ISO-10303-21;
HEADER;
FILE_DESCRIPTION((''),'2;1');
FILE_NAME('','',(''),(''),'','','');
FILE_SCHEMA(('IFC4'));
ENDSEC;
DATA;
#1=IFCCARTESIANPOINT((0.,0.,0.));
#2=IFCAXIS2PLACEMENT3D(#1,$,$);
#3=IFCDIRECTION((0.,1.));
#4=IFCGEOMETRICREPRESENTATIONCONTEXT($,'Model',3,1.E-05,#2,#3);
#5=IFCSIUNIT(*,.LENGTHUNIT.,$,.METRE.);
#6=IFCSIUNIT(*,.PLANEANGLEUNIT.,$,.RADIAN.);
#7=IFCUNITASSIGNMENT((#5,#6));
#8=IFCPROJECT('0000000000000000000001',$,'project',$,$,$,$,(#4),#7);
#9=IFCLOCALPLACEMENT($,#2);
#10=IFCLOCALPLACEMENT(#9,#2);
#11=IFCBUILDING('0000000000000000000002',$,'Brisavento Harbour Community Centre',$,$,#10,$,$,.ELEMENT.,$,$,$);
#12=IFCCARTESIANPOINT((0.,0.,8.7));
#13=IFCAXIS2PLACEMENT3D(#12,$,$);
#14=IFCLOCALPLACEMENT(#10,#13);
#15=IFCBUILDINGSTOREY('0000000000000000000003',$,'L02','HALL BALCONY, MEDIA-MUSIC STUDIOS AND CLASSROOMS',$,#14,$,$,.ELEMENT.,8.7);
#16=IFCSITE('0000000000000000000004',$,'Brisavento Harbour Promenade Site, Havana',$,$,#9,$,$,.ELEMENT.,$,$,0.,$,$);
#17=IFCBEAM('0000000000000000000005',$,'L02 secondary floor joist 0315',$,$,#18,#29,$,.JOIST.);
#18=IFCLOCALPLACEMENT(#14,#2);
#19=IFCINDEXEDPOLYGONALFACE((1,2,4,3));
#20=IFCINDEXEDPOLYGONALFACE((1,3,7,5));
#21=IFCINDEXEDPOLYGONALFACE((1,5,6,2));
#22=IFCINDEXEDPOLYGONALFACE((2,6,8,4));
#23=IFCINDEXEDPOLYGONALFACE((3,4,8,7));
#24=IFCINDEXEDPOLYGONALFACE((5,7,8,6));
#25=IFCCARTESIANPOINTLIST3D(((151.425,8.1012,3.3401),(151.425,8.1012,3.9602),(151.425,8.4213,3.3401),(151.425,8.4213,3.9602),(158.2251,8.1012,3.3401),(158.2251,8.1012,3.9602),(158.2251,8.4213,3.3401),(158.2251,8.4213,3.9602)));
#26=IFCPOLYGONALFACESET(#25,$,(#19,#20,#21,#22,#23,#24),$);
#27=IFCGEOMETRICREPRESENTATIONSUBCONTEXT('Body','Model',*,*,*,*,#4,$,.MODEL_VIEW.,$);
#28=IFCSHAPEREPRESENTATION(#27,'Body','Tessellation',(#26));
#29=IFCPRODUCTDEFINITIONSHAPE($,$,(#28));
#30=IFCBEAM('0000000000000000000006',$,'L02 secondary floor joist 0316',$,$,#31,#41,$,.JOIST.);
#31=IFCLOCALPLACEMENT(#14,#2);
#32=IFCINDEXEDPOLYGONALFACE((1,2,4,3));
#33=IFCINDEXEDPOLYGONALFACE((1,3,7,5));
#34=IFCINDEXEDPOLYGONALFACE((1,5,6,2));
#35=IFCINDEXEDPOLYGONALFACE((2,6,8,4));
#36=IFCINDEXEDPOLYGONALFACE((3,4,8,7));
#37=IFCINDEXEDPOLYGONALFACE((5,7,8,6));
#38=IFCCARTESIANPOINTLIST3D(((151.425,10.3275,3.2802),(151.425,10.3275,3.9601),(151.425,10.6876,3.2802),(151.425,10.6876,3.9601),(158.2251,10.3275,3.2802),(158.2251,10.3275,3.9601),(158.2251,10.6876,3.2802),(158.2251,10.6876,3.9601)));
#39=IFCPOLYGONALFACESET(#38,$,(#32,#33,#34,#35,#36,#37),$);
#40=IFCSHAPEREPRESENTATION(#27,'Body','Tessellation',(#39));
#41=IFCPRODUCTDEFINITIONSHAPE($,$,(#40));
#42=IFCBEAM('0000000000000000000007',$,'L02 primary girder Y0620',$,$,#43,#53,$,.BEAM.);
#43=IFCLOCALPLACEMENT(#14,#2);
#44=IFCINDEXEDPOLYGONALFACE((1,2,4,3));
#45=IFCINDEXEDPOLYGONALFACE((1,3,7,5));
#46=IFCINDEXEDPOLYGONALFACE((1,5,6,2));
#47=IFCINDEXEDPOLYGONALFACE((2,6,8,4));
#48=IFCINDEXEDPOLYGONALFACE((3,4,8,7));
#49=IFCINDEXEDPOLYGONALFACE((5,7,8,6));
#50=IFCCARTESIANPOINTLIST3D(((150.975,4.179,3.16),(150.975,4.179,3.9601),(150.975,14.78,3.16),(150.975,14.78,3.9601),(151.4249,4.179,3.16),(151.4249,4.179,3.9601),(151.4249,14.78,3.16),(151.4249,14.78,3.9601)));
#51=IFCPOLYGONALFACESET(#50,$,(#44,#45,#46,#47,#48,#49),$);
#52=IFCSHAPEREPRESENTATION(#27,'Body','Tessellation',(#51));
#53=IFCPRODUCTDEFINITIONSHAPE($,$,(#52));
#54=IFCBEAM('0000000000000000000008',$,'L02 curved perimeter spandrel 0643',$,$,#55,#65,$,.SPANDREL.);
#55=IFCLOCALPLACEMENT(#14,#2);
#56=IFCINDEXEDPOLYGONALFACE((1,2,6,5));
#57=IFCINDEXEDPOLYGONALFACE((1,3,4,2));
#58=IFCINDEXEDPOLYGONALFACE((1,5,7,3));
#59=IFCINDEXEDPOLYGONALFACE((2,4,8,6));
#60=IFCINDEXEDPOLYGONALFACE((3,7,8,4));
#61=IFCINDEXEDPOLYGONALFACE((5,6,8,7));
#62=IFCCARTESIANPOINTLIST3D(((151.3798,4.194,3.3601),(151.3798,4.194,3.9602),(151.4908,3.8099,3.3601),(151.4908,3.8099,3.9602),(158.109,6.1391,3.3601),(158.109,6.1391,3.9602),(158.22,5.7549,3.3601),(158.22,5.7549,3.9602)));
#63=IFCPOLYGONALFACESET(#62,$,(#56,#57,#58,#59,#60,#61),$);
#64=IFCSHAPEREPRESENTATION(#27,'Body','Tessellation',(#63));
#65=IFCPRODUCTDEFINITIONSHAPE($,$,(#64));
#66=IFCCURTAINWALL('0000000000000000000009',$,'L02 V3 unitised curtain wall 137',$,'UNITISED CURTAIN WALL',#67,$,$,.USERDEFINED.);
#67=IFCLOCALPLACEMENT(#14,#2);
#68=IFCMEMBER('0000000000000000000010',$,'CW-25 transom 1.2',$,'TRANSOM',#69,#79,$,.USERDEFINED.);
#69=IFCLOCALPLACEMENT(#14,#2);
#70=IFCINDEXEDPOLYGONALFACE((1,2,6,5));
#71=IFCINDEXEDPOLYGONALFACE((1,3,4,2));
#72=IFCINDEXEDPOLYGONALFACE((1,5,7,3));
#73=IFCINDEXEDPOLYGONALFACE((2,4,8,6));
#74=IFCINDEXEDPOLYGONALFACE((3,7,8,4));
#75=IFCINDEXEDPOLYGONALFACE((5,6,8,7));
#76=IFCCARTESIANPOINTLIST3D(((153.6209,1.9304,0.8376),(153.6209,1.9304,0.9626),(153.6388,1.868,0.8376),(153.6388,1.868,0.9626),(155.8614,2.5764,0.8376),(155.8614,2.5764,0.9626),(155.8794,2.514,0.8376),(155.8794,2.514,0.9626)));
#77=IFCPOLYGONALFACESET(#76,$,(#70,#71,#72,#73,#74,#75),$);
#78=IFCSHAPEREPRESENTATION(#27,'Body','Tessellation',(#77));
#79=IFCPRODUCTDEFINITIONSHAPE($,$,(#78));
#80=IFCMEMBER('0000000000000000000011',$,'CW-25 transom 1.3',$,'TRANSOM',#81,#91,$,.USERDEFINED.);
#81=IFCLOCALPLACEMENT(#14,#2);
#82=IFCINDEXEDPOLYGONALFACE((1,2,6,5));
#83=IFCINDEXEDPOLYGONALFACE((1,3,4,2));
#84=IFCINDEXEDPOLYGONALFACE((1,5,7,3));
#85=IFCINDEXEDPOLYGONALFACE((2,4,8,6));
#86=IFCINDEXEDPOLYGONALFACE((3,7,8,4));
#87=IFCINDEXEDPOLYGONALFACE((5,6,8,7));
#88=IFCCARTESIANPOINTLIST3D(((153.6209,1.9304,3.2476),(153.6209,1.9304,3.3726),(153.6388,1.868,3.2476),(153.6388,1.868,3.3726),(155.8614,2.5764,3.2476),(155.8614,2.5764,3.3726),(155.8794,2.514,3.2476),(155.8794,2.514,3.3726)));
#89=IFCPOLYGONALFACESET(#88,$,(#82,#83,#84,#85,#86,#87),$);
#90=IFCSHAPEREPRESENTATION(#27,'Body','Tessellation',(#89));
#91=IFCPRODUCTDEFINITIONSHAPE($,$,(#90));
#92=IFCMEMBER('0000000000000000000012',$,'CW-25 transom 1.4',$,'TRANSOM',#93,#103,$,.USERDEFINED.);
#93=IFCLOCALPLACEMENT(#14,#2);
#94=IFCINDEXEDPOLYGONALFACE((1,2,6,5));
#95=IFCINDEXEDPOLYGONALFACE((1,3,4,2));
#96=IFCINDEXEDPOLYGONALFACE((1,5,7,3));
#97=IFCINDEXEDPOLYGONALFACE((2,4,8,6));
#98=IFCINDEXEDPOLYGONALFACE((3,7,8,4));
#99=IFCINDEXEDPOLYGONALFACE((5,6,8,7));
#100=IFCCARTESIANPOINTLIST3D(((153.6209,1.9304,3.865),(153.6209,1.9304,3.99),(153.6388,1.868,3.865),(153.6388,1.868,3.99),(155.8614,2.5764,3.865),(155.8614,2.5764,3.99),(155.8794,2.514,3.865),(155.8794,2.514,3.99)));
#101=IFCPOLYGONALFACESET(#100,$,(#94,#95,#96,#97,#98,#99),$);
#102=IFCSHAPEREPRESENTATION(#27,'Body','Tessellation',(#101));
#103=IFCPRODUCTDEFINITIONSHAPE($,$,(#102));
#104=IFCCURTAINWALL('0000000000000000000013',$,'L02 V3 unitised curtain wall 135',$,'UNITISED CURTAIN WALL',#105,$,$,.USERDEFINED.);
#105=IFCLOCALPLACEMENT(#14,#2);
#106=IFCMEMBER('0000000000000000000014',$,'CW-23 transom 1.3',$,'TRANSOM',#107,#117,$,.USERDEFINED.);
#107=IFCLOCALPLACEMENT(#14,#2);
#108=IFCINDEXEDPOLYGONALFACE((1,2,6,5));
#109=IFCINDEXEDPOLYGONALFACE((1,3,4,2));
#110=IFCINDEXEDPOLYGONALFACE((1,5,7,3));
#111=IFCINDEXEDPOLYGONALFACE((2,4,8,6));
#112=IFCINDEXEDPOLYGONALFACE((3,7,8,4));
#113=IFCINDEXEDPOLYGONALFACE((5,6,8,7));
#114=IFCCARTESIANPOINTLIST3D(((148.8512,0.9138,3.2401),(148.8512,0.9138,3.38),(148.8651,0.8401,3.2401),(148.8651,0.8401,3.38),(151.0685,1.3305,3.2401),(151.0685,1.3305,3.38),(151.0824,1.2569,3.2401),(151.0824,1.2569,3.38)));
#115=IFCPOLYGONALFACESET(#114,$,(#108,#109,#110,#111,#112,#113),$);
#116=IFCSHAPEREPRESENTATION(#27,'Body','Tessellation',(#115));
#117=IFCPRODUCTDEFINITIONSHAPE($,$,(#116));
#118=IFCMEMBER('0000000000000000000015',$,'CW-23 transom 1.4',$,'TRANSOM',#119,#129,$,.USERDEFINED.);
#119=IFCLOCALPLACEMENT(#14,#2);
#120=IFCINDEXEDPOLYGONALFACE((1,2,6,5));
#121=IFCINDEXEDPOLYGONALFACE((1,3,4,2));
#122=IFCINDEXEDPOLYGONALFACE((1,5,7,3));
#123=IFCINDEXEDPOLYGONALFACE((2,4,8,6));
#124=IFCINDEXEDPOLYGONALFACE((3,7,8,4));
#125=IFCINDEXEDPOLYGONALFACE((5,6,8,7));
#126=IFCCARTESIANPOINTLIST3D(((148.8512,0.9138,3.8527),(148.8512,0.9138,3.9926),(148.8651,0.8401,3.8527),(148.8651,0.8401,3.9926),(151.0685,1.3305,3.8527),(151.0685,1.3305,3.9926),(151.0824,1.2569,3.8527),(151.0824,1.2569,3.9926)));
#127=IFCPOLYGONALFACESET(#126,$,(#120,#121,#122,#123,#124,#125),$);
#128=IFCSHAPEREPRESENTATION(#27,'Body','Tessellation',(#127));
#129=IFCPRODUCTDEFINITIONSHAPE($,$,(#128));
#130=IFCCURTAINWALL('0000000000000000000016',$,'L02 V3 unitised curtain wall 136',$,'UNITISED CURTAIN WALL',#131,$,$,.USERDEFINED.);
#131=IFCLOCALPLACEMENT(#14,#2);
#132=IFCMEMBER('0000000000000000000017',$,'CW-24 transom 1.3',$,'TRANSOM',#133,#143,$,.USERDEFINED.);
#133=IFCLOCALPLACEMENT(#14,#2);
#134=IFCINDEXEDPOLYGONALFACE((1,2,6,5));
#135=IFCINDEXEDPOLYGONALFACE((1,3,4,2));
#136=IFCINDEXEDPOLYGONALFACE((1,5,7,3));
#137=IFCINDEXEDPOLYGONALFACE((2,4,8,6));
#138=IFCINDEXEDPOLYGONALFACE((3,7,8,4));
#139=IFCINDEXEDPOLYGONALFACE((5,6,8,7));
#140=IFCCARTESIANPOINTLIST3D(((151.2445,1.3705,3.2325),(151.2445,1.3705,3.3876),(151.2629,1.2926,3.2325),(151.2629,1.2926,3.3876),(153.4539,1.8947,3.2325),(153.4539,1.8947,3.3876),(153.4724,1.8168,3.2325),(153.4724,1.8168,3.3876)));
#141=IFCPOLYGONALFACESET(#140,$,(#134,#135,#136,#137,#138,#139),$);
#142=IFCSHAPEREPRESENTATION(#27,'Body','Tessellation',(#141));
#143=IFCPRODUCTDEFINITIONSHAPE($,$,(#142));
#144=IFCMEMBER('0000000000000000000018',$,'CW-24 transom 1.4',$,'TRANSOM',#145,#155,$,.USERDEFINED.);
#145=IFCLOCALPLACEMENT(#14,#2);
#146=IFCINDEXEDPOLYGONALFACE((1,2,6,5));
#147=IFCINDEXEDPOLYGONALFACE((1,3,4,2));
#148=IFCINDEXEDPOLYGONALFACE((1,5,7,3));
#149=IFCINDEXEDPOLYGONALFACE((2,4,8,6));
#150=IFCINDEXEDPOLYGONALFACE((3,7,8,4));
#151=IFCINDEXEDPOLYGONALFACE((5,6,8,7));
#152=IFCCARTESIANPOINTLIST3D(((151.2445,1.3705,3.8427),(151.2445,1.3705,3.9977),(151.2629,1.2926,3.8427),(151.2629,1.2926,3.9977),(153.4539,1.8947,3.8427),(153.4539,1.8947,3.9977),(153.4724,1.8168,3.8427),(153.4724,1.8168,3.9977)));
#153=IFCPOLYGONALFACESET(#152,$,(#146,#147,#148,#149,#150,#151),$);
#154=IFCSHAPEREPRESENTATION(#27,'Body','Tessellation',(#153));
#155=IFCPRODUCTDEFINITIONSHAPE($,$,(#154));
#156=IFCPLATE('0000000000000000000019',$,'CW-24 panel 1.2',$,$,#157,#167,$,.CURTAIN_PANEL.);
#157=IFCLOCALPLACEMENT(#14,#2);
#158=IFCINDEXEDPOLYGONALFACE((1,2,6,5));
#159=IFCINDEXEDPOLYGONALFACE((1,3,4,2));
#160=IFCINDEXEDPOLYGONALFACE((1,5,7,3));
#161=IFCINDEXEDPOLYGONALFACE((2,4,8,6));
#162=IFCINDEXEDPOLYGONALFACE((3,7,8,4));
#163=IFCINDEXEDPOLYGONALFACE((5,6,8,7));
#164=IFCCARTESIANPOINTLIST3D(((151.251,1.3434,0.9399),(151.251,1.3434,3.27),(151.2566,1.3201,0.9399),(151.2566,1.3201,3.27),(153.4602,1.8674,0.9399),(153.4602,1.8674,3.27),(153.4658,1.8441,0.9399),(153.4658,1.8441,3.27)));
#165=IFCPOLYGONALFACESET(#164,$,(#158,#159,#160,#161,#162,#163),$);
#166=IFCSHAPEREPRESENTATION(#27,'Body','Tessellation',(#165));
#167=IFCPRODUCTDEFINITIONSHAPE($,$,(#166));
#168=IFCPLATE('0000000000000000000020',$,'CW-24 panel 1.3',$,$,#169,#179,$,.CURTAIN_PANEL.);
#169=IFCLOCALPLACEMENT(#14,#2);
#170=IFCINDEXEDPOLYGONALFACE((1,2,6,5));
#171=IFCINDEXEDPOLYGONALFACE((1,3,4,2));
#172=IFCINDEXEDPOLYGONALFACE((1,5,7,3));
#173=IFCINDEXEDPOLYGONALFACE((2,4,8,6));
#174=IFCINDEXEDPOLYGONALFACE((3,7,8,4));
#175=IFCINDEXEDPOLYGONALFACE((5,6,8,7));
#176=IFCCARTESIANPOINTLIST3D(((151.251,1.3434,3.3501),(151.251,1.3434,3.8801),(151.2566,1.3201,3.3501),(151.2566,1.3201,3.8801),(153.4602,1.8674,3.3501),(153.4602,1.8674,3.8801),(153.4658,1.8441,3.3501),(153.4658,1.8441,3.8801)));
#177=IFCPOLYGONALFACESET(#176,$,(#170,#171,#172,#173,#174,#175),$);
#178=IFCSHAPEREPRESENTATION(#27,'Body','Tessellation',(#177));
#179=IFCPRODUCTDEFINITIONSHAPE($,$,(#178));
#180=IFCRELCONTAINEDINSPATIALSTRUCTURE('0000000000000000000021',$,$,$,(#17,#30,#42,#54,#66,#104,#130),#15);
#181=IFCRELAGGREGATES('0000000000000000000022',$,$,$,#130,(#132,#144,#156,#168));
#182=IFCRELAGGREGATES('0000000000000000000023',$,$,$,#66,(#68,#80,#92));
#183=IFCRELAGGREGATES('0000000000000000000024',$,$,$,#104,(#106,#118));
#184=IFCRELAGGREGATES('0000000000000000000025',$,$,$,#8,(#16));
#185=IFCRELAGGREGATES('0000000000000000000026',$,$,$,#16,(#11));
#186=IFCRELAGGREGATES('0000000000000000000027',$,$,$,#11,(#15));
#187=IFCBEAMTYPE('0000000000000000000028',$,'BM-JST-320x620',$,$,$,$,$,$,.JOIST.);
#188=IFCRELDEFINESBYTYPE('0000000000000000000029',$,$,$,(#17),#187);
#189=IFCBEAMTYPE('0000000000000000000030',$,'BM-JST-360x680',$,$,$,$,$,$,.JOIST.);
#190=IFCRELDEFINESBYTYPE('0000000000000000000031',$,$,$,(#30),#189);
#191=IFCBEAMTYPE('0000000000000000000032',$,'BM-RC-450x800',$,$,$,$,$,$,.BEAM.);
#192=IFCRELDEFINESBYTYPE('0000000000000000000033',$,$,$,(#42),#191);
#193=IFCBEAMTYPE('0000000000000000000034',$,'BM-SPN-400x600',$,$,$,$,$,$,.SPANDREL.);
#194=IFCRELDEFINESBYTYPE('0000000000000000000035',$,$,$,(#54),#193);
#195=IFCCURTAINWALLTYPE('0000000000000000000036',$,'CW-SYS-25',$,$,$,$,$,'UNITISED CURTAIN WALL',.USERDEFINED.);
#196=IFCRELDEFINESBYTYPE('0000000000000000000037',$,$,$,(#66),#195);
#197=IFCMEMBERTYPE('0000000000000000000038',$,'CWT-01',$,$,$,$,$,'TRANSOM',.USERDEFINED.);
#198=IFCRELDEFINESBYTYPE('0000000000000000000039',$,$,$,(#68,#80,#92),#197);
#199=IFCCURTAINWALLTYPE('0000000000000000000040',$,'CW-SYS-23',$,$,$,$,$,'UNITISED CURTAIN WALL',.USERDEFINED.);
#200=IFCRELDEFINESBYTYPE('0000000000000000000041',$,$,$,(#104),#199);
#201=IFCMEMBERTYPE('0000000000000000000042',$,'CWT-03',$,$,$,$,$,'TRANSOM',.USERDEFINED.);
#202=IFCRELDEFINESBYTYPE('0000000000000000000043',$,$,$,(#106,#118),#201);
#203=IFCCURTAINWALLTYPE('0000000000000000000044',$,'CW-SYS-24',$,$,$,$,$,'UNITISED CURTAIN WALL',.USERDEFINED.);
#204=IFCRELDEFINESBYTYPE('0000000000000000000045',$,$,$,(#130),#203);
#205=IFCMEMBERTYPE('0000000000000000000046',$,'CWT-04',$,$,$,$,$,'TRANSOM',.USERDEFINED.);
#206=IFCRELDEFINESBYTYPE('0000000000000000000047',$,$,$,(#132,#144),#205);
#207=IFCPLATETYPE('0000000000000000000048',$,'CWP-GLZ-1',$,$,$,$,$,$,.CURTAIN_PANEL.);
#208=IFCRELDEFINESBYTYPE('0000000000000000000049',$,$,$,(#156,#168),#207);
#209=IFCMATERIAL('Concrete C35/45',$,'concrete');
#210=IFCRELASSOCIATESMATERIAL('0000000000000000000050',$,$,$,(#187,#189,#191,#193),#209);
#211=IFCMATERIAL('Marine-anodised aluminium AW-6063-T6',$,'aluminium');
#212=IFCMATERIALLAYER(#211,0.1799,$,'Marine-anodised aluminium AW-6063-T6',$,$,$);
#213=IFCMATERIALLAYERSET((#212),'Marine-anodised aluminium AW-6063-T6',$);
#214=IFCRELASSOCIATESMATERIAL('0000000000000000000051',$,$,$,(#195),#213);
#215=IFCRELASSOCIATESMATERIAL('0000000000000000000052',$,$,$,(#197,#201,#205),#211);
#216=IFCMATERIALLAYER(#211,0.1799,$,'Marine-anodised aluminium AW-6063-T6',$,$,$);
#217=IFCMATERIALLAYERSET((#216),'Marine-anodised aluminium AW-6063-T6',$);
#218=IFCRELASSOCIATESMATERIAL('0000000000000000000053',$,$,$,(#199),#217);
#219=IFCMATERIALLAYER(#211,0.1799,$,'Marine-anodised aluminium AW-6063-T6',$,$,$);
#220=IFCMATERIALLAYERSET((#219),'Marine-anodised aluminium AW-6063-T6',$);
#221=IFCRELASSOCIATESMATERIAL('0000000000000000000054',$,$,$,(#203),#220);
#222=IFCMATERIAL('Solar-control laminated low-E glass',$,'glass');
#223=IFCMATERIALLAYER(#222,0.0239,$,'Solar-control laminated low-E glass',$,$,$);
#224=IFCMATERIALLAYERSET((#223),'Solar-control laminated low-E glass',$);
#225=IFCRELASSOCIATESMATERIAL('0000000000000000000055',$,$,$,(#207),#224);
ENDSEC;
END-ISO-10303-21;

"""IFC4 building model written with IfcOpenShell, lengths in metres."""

from ifc_helpers import new_model, si_unit, direction, frame, origin, origin_2d, place, context, subcontext, project, spatial, rectangle, extrude, material, layer, layer_set, material_profile, profile_set, type_object, element, aggregate, save


model = new_model("IFC4")

# Units and contexts
model_context = context("Model", 3, precision=1e-05, world=origin(), true_north=direction((0.0, 1.0)))
body_context = subcontext(model_context, "Body", "Model", "MODEL_VIEW")
ifc_project = project(units=[si_unit("LENGTHUNIT", "METRE"), si_unit("PLANEANGLEUNIT", "RADIAN")], contexts=[model_context])

# Site, building, storey
site_placement = place(None, origin())
site = spatial("IfcSite", under=ifc_project, at=site_placement, Name="Brisavento Harbour Promenade Site, Havana", CompositionType="ELEMENT", RefElevation=0.0)
building_placement = place(site_placement, origin())
building = spatial("IfcBuilding", under=site, at=building_placement, Name="Brisavento Harbour Community Centre", CompositionType="ELEMENT")
storey_placement = place(building_placement, frame((0.0, 0.0, 8.7)))
storey = spatial("IfcBuildingStorey", under=building, at=storey_placement, Name="L02", Description="HALL BALCONY, MEDIA-MUSIC STUDIOS AND CLASSROOMS", CompositionType="ELEMENT", Elevation=8.7)

# Beams
ifc_material_1 = material(Name="Concrete C35/45", Category="concrete")
ifc_material_profile_1 = material_profile(ifc_material_1, rectangle(XDim=0.3201, YDim=0.6201, at=origin_2d()), Name="Concrete C35/45")
ifc_profile_set_1 = profile_set([ifc_material_profile_1], Name="Concrete C35/45")
beam_type_1 = type_object("IfcBeamType", Name="BM-JST-320x620", PredefinedType="JOIST", material=ifc_profile_set_1)
beam_1_placement = place(storey_placement, frame((151.425, 8.2612, 3.6501), z_axis=(1.0, 0.0, 0.0), x_axis=(0.0, 1.0, 0.0)))
element("IfcBeam", 1, at=beam_1_placement, inside=storey, type_object=beam_type_1, Name="L02 secondary floor joist 0315", PredefinedType="JOIST", context=body_context, shape_type="SweptSolid", body=[
    extrude(rectangle(XDim=0.3201, YDim=0.6201, at=origin_2d()), origin(), (0.0, 0.0, 1.0), 6.8),
])
ifc_material_profile_2 = material_profile(ifc_material_1, rectangle(XDim=0.3601, YDim=0.6799, at=origin_2d()), Name="Concrete C35/45")
ifc_profile_set_2 = profile_set([ifc_material_profile_2], Name="Concrete C35/45")
beam_type_2 = type_object("IfcBeamType", Name="BM-JST-360x680", PredefinedType="JOIST", material=ifc_profile_set_2)
beam_2_placement = place(storey_placement, frame((151.425, 10.5076, 3.6201), z_axis=(1.0, 0.0, 0.0), x_axis=(0.0, 1.0, 0.0)))
element("IfcBeam", 2, at=beam_2_placement, inside=storey, type_object=beam_type_2, Name="L02 secondary floor joist 0316", PredefinedType="JOIST", context=body_context, shape_type="SweptSolid", body=[
    extrude(rectangle(XDim=0.3601, YDim=0.6799, at=origin_2d()), origin(), (0.0, 0.0, 1.0), 6.8),
])
ifc_material_profile_3 = material_profile(ifc_material_1, rectangle(XDim=0.45, YDim=0.8, at=origin_2d()), Name="Concrete C35/45")
ifc_profile_set_3 = profile_set([ifc_material_profile_3], Name="Concrete C35/45")
beam_type_3 = type_object("IfcBeamType", Name="BM-RC-450x800", PredefinedType="BEAM", material=ifc_profile_set_3)
beam_3_placement = place(storey_placement, frame((151.2, 4.179, 3.5601), z_axis=(0.0, 1.0, 0.0), x_axis=(-1.0, 0.0, 0.0)))
element("IfcBeam", 3, at=beam_3_placement, inside=storey, type_object=beam_type_3, Name="L02 primary girder Y0620", PredefinedType="BEAM", context=body_context, shape_type="SweptSolid", body=[
    extrude(rectangle(XDim=0.45, YDim=0.8, at=origin_2d()), origin(), (0.0, 0.0, 1.0), 10.6011),
])
ifc_material_profile_4 = material_profile(ifc_material_1, rectangle(XDim=0.3999, YDim=0.6001, at=origin_2d()), Name="Concrete C35/45")
ifc_profile_set_4 = profile_set([ifc_material_profile_4], Name="Concrete C35/45")
beam_type_4 = type_object("IfcBeamType", Name="BM-SPN-400x600", PredefinedType="SPANDREL", material=ifc_profile_set_4)
beam_4_placement = place(storey_placement, frame((151.4353, 4.002, 3.6602), z_axis=(0.960674, 0.27768, 0.0), x_axis=(-0.27768, 0.960674, 0.0)))
element("IfcBeam", 4, at=beam_4_placement, inside=storey, type_object=beam_type_4, Name="L02 curved perimeter spandrel 0643", PredefinedType="SPANDREL", context=body_context, shape_type="SweptSolid", body=[
    extrude(rectangle(XDim=0.3999, YDim=0.6001, at=origin_2d()), origin(), (0.0, 0.0, 1.0), 7.0046),
])

# Curtain walls, members
ifc_material_2 = material(Name="Marine-anodised aluminium AW-6063-T6", Category="aluminium")
ifc_layer_1 = layer(ifc_material_2, 0.1799, Name="Marine-anodised aluminium AW-6063-T6")
ifc_layer_set_1 = layer_set([ifc_layer_1], Name="Marine-anodised aluminium AW-6063-T6")
curtain_wall_type_1 = type_object("IfcCurtainWallType", Name="CW-SYS-25", ElementType="UNITISED CURTAIN WALL", PredefinedType="USERDEFINED", material=ifc_layer_set_1)
curtain_wall_1_placement = place(storey_placement, origin())
curtain_wall_1 = element("IfcCurtainWall", 5, at=curtain_wall_1_placement, inside=storey, type_object=curtain_wall_type_1, Name="L02 V3 unitised curtain wall 137", ObjectType="UNITISED CURTAIN WALL", PredefinedType="USERDEFINED")
ifc_material_profile_5 = material_profile(ifc_material_2, rectangle(XDim=0.0649, YDim=0.125, at=origin_2d()), Name="Marine-anodised aluminium AW-6063-T6")
ifc_profile_set_5 = profile_set([ifc_material_profile_5], Name="Marine-anodised aluminium AW-6063-T6")
member_type_1 = type_object("IfcMemberType", Name="CWT-01", ElementType="TRANSOM", PredefinedType="USERDEFINED", material=ifc_profile_set_5)
member_1_placement = place(storey_placement, frame((155.8704, 2.5452, 0.9001), z_axis=(-0.960857, -0.277044, 0.0), x_axis=(0.277044, -0.960857, 0.0)))
member_1 = element("IfcMember", 6, at=member_1_placement, type_object=member_type_1, Name="CW-25 transom 1.2", ObjectType="TRANSOM", PredefinedType="USERDEFINED", context=body_context, shape_type="SweptSolid", body=[
    extrude(rectangle(XDim=0.0649, YDim=0.125, at=origin_2d()), origin(), (0.0, 0.0, 1.0), 2.3318),
])
member_2_placement = place(storey_placement, frame((155.8704, 2.5452, 3.3101), z_axis=(-0.960857, -0.277044, 0.0), x_axis=(0.277044, -0.960857, 0.0)))
member_2 = element("IfcMember", 7, at=member_2_placement, type_object=member_type_1, Name="CW-25 transom 1.3", ObjectType="TRANSOM", PredefinedType="USERDEFINED", context=body_context, shape_type="SweptSolid", body=[
    extrude(rectangle(XDim=0.0649, YDim=0.125, at=origin_2d()), origin(), (0.0, 0.0, 1.0), 2.3318),
])
member_3_placement = place(storey_placement, frame((155.8704, 2.5452, 3.9275), z_axis=(-0.960857, -0.277044, 0.0), x_axis=(0.277044, -0.960857, 0.0)))
member_3 = element("IfcMember", 8, at=member_3_placement, type_object=member_type_1, Name="CW-25 transom 1.4", ObjectType="TRANSOM", PredefinedType="USERDEFINED", context=body_context, shape_type="SweptSolid", body=[
    extrude(rectangle(XDim=0.0649, YDim=0.125, at=origin_2d()), origin(), (0.0, 0.0, 1.0), 2.3318),
])
ifc_layer_2 = layer(ifc_material_2, 0.1799, Name="Marine-anodised aluminium AW-6063-T6")
ifc_layer_set_2 = layer_set([ifc_layer_2], Name="Marine-anodised aluminium AW-6063-T6")
curtain_wall_type_2 = type_object("IfcCurtainWallType", Name="CW-SYS-23", ElementType="UNITISED CURTAIN WALL", PredefinedType="USERDEFINED", material=ifc_layer_set_2)
curtain_wall_2_placement = place(storey_placement, origin())
curtain_wall_2 = element("IfcCurtainWall", 9, at=curtain_wall_2_placement, inside=storey, type_object=curtain_wall_type_2, Name="L02 V3 unitised curtain wall 135", ObjectType="UNITISED CURTAIN WALL", PredefinedType="USERDEFINED")
ifc_material_profile_6 = material_profile(ifc_material_2, rectangle(XDim=0.075, YDim=0.1399, at=origin_2d()), Name="Marine-anodised aluminium AW-6063-T6")
ifc_profile_set_6 = profile_set([ifc_material_profile_6], Name="Marine-anodised aluminium AW-6063-T6")
member_type_2 = type_object("IfcMemberType", Name="CWT-03", ElementType="TRANSOM", PredefinedType="USERDEFINED", material=ifc_profile_set_6)
member_4_placement = place(storey_placement, frame((151.0754, 1.2937, 3.3101), z_axis=(-0.982791, -0.18472, 0.0), x_axis=(0.18472, -0.982791, 0.0)))
member_4 = element("IfcMember", 10, at=member_4_placement, type_object=member_type_2, Name="CW-23 transom 1.3", ObjectType="TRANSOM", PredefinedType="USERDEFINED", context=body_context, shape_type="SweptSolid", body=[
    extrude(rectangle(XDim=0.075, YDim=0.1399, at=origin_2d()), origin(), (0.0, 0.0, 1.0), 2.2561),
])
member_5_placement = place(storey_placement, frame((151.0754, 1.2937, 3.9226), z_axis=(-0.982791, -0.18472, 0.0), x_axis=(0.18472, -0.982791, 0.0)))
member_5 = element("IfcMember", 11, at=member_5_placement, type_object=member_type_2, Name="CW-23 transom 1.4", ObjectType="TRANSOM", PredefinedType="USERDEFINED", context=body_context, shape_type="SweptSolid", body=[
    extrude(rectangle(XDim=0.075, YDim=0.1399, at=origin_2d()), origin(), (0.0, 0.0, 1.0), 2.2561),
])

# Curtain wall, members, plates
ifc_layer_3 = layer(ifc_material_2, 0.1799, Name="Marine-anodised aluminium AW-6063-T6")
ifc_layer_set_3 = layer_set([ifc_layer_3], Name="Marine-anodised aluminium AW-6063-T6")
curtain_wall_type_3 = type_object("IfcCurtainWallType", Name="CW-SYS-24", ElementType="UNITISED CURTAIN WALL", PredefinedType="USERDEFINED", material=ifc_layer_set_3)
curtain_wall_3_placement = place(storey_placement, origin())
curtain_wall_3 = element("IfcCurtainWall", 12, at=curtain_wall_3_placement, inside=storey, type_object=curtain_wall_type_3, Name="L02 V3 unitised curtain wall 136", ObjectType="UNITISED CURTAIN WALL", PredefinedType="USERDEFINED")
ifc_material_profile_7 = material_profile(ifc_material_2, rectangle(XDim=0.0801, YDim=0.155, at=origin_2d()), Name="Marine-anodised aluminium AW-6063-T6")
ifc_profile_set_7 = profile_set([ifc_material_profile_7], Name="Marine-anodised aluminium AW-6063-T6")
member_type_3 = type_object("IfcMemberType", Name="CWT-04", ElementType="TRANSOM", PredefinedType="USERDEFINED", material=ifc_profile_set_7)
member_6_placement = place(storey_placement, frame((153.4631, 1.8557, 3.3101), z_axis=(-0.972994, -0.230831, 0.0), x_axis=(0.230831, -0.972994, 0.0)))
member_6 = element("IfcMember", 13, at=member_6_placement, type_object=member_type_3, Name="CW-24 transom 1.3", ObjectType="TRANSOM", PredefinedType="USERDEFINED", context=body_context, shape_type="SweptSolid", body=[
    extrude(rectangle(XDim=0.0801, YDim=0.155, at=origin_2d()), origin(), (0.0, 0.0, 1.0), 2.2708),
])
member_7_placement = place(storey_placement, frame((153.4631, 1.8557, 3.9202), z_axis=(-0.972994, -0.230831, 0.0), x_axis=(0.230831, -0.972994, 0.0)))
member_7 = element("IfcMember", 14, at=member_7_placement, type_object=member_type_3, Name="CW-24 transom 1.4", ObjectType="TRANSOM", PredefinedType="USERDEFINED", context=body_context, shape_type="SweptSolid", body=[
    extrude(rectangle(XDim=0.0801, YDim=0.155, at=origin_2d()), origin(), (0.0, 0.0, 1.0), 2.2708),
])
ifc_material_3 = material(Name="Solar-control laminated low-E glass", Category="glass")
ifc_layer_4 = layer(ifc_material_3, 0.0239, Name="Solar-control laminated low-E glass")
ifc_layer_set_4 = layer_set([ifc_layer_4], Name="Solar-control laminated low-E glass")
plate_type_1 = type_object("IfcPlateType", Name="CWP-GLZ-1", PredefinedType="CURTAIN_PANEL", material=ifc_layer_set_4)
plate_1_placement = place(storey_placement, frame((152.3584, 1.5938, 0.9399), z_axis=(0.0, 0.0, 1.0), x_axis=(-0.973, -0.230805, 0.0)))
plate_1 = element("IfcPlate", 15, at=plate_1_placement, type_object=plate_type_1, Name="CW-24 panel 1.2", PredefinedType="CURTAIN_PANEL", context=body_context, shape_type="SweptSolid", body=[
    extrude(rectangle(XDim=2.2705, YDim=0.0239, at=origin_2d()), origin(), (0.0, 0.0, 1.0), 2.3301),
])
plate_2_placement = place(storey_placement, frame((152.3584, 1.5938, 3.3501), z_axis=(0.0, 0.0, 1.0), x_axis=(-0.973, -0.230805, 0.0)))
plate_2 = element("IfcPlate", 16, at=plate_2_placement, type_object=plate_type_1, Name="CW-24 panel 1.3", PredefinedType="CURTAIN_PANEL", context=body_context, shape_type="SweptSolid", body=[
    extrude(rectangle(XDim=2.2705, YDim=0.0239, at=origin_2d()), origin(), (0.0, 0.0, 1.0), 0.53),
])
aggregate(curtain_wall_3, [member_6, member_7, plate_1, plate_2])

aggregate(curtain_wall_1, [member_1, member_2, member_3])
aggregate(curtain_wall_2, [member_4, member_5])

save(model, "model.ifc")
